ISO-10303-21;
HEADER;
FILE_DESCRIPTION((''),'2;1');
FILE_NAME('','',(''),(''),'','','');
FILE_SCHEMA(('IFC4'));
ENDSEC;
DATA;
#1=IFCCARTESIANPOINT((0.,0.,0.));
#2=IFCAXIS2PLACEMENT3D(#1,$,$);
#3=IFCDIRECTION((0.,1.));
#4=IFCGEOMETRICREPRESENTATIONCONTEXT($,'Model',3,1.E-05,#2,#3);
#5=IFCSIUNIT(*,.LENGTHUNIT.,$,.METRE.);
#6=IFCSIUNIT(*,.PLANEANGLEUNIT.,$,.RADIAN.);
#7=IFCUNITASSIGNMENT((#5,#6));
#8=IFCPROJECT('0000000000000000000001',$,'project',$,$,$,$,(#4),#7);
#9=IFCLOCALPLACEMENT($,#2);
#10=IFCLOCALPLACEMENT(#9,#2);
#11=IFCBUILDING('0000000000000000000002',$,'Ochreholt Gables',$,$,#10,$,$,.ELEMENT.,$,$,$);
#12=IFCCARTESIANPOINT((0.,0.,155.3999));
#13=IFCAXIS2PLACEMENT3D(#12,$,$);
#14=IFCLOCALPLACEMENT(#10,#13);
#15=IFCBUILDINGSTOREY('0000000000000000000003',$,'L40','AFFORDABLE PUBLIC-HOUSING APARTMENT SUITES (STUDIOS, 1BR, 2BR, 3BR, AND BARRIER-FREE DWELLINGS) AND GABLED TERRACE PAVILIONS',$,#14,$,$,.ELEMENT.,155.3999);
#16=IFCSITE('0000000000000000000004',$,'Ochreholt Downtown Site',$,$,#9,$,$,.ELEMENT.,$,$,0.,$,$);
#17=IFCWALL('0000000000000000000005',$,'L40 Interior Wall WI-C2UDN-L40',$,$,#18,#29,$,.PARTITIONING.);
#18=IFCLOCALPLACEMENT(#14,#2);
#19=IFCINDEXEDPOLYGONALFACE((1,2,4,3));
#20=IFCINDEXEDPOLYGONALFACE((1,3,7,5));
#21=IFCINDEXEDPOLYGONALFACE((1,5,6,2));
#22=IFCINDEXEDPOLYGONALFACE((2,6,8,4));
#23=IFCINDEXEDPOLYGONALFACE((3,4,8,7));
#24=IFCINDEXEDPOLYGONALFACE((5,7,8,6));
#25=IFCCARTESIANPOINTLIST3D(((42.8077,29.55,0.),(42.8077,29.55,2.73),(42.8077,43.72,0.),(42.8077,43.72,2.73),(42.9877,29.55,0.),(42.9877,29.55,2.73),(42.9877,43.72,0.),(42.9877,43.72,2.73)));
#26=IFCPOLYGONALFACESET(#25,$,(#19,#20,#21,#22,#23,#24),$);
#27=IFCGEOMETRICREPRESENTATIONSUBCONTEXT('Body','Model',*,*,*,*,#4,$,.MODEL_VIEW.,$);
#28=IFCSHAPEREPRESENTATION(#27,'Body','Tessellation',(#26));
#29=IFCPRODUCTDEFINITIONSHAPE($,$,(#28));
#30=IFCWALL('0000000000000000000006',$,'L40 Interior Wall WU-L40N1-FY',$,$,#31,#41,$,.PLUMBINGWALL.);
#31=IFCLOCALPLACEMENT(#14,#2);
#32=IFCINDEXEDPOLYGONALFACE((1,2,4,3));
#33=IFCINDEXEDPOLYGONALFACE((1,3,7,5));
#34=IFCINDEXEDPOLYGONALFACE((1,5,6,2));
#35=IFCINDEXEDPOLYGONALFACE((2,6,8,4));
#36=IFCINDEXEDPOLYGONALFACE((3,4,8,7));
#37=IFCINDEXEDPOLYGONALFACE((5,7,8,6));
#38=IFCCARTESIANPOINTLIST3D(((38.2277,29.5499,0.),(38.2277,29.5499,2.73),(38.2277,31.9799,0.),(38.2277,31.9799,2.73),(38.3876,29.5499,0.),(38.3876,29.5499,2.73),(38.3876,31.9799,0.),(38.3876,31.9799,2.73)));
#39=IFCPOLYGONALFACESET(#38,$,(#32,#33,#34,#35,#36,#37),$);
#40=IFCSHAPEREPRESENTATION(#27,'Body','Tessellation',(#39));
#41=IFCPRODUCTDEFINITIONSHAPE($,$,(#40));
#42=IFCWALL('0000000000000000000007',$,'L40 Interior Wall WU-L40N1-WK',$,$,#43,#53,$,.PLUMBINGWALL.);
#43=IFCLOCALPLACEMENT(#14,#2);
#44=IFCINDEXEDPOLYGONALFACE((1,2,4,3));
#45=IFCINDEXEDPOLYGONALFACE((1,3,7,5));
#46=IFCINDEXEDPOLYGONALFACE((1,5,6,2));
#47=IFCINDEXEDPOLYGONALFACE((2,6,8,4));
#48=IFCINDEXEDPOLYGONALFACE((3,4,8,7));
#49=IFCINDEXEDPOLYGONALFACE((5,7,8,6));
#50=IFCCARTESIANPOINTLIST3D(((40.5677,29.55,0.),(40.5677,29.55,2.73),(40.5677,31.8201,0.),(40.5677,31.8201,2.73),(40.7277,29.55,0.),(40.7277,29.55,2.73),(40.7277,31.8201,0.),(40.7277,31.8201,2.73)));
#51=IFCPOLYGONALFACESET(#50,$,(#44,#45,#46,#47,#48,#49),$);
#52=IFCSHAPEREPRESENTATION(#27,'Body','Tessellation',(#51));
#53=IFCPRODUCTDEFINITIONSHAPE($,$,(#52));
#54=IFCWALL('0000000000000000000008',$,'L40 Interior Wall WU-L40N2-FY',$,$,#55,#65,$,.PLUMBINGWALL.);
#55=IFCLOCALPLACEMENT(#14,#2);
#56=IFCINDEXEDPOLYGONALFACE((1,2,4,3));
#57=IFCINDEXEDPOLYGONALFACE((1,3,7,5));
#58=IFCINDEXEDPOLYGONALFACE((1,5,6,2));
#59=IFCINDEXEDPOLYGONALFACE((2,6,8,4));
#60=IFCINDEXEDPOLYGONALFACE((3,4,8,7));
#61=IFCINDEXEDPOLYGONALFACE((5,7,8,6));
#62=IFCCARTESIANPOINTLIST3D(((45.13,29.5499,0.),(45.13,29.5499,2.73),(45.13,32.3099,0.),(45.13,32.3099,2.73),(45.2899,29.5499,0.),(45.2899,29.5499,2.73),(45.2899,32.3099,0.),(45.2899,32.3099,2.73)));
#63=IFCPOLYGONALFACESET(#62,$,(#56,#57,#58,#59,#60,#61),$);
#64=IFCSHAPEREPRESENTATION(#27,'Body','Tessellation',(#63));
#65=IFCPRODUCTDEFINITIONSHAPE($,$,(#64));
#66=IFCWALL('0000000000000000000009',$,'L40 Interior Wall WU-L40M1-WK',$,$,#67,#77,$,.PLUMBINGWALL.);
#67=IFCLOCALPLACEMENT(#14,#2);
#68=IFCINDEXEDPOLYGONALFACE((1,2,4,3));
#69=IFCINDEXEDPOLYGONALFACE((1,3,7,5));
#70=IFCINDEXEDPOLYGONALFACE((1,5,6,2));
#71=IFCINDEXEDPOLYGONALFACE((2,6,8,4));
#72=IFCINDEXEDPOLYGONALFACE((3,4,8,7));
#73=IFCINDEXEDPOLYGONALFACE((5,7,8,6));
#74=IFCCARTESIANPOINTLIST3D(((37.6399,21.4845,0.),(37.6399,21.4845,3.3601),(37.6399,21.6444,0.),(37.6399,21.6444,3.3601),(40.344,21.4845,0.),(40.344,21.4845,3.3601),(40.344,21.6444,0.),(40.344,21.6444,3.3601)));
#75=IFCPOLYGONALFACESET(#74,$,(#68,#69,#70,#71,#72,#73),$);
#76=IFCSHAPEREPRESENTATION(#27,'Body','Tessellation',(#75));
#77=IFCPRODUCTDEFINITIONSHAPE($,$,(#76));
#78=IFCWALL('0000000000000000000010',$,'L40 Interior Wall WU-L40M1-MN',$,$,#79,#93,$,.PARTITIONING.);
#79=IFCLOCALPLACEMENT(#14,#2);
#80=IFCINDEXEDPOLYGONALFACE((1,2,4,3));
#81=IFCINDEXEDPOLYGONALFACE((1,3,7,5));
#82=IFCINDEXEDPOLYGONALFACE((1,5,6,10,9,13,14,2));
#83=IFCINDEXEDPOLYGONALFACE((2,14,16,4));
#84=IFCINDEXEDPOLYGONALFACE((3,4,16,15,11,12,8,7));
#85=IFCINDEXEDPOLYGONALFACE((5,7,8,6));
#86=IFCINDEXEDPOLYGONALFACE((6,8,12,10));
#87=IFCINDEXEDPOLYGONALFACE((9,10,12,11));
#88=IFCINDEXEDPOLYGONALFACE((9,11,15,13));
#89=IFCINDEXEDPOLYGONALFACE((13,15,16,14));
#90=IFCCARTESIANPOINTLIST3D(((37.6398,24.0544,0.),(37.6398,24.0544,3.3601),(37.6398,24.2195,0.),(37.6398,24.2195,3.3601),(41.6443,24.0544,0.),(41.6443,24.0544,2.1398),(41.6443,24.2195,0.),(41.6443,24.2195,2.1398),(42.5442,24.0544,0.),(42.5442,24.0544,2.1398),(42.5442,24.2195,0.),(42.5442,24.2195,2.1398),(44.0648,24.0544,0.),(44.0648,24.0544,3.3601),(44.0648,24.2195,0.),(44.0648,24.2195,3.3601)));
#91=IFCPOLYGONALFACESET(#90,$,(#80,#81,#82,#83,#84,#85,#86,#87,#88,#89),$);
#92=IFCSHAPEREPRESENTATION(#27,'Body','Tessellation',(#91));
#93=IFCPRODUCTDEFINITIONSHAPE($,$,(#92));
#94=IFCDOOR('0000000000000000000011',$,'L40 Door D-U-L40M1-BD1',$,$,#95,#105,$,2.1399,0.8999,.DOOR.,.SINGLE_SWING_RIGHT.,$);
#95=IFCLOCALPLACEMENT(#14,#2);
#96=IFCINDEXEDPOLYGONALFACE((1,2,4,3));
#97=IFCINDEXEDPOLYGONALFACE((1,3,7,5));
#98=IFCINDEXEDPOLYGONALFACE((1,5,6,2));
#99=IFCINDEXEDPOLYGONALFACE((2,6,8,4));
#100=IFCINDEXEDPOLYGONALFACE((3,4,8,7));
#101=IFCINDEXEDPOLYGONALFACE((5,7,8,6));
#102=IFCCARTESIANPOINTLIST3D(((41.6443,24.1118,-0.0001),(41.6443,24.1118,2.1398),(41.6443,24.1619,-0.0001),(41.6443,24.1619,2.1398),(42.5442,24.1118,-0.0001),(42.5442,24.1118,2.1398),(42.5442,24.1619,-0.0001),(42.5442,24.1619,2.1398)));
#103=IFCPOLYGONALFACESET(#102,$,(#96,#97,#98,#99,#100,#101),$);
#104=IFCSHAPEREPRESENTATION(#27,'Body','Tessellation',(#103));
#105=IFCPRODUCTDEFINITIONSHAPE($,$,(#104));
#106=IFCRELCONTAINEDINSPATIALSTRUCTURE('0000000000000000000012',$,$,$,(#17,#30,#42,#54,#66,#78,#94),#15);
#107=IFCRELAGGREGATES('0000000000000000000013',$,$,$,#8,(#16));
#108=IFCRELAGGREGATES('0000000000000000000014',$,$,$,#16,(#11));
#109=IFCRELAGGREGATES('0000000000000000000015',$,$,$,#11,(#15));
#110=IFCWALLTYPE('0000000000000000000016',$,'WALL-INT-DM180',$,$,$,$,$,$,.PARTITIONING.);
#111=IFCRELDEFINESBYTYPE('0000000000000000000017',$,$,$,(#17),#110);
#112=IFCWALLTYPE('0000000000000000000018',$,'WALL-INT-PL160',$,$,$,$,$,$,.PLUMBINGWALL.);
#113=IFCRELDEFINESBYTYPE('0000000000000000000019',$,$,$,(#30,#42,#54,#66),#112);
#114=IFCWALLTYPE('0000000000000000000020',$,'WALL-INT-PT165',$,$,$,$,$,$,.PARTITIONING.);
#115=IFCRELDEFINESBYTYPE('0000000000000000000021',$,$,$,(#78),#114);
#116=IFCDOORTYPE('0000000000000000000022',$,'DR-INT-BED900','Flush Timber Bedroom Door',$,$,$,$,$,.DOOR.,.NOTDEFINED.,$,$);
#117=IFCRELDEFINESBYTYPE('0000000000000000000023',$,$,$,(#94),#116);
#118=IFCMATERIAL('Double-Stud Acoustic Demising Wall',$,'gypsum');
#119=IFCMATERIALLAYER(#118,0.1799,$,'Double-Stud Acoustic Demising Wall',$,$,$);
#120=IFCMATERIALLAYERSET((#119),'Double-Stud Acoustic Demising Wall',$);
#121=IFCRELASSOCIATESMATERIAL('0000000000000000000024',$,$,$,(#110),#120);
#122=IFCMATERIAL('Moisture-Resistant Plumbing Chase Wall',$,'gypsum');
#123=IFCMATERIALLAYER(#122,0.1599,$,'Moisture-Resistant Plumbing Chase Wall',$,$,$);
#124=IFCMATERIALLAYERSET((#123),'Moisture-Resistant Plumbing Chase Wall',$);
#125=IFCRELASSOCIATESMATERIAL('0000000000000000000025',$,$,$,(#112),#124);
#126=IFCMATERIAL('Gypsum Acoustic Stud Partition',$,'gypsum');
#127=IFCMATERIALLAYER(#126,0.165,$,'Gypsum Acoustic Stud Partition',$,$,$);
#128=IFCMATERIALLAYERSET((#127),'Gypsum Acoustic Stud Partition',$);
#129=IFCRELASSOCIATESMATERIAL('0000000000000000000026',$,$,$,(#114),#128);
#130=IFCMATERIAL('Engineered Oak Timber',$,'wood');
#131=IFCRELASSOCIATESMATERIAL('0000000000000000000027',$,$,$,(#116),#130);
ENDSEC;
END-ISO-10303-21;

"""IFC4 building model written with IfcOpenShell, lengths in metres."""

from ifc_helpers import new_model, si_unit, direction, frame, frame_2d, origin, place, context, subcontext, project, spatial, rectangle, extrude, material, layer, layer_set, type_object, element, fill, save


model = new_model("IFC4")

# Units and contexts
model_context = context("Model", 3, precision=1e-05, world=origin(), true_north=direction((0.0, 1.0)))
body_context = subcontext(model_context, "Body", "Model", "MODEL_VIEW")
ifc_project = project(units=[si_unit("LENGTHUNIT", "METRE"), si_unit("PLANEANGLEUNIT", "RADIAN")], contexts=[model_context])

# Site, building, storey
site_placement = place(None, origin())
site = spatial("IfcSite", under=ifc_project, at=site_placement, Name="Ochreholt Downtown Site", CompositionType="ELEMENT", RefElevation=0.0)
building_placement = place(site_placement, origin())
building = spatial("IfcBuilding", under=site, at=building_placement, Name="Ochreholt Gables", CompositionType="ELEMENT")
storey_placement = place(building_placement, frame((0.0, 0.0, 155.3999)))
storey = spatial("IfcBuildingStorey", under=building, at=storey_placement, Name="L40", Description="AFFORDABLE PUBLIC-HOUSING APARTMENT SUITES (STUDIOS, 1BR, 2BR, 3BR, AND BARRIER-FREE DWELLINGS) AND GABLED TERRACE PAVILIONS", CompositionType="ELEMENT", Elevation=155.3999)

# Shared definitions
ifc_material_1 = material(Name="Engineered Oak Timber", Category="wood")

# Walls
ifc_material_2 = material(Name="Double-Stud Acoustic Demising Wall", Category="gypsum")
ifc_layer_1 = layer(ifc_material_2, 0.1799, Name="Double-Stud Acoustic Demising Wall")
ifc_layer_set_1 = layer_set([ifc_layer_1], Name="Double-Stud Acoustic Demising Wall")
wall_type_1 = type_object("IfcWallType", Name="WALL-INT-DM180", PredefinedType="PARTITIONING", material=ifc_layer_set_1)
wall_1_placement = place(storey_placement, frame((42.8977, 29.55, 0.0), z_axis=(0.0, 0.0, 1.0), x_axis=(0.0, 1.0, 0.0)))
element("IfcWall", 1, at=wall_1_placement, inside=storey, type_object=wall_type_1, Name="L40 Interior Wall WI-C2UDN-L40", PredefinedType="PARTITIONING", context=body_context, shape_type="SweptSolid", body=[
    extrude(rectangle(XDim=14.1699, YDim=0.1799, at=frame_2d((7.085, 0.0))), origin(), (0.0, 0.0, 1.0), 2.73),
])
ifc_material_3 = material(Name="Moisture-Resistant Plumbing Chase Wall", Category="gypsum")
ifc_layer_2 = layer(ifc_material_3, 0.1599, Name="Moisture-Resistant Plumbing Chase Wall")
ifc_layer_set_2 = layer_set([ifc_layer_2], Name="Moisture-Resistant Plumbing Chase Wall")
wall_type_2 = type_object("IfcWallType", Name="WALL-INT-PL160", PredefinedType="PLUMBINGWALL", material=ifc_layer_set_2)
wall_2_placement = place(storey_placement, frame((38.3076, 29.55, 0.0), z_axis=(0.0, 0.0, 1.0), x_axis=(0.0, 1.0, 0.0)))
element("IfcWall", 2, at=wall_2_placement, inside=storey, type_object=wall_type_2, Name="L40 Interior Wall WU-L40N1-FY", PredefinedType="PLUMBINGWALL", context=body_context, shape_type="SweptSolid", body=[
    extrude(rectangle(XDim=2.4299, YDim=0.1599, at=frame_2d((1.2148, 0.0))), origin(), (0.0, 0.0, 1.0), 2.73),
])
wall_3_placement = place(storey_placement, frame((40.6477, 29.55, 0.0), z_axis=(0.0, 0.0, 1.0), x_axis=(0.0, 1.0, 0.0)))
element("IfcWall", 3, at=wall_3_placement, inside=storey, type_object=wall_type_2, Name="L40 Interior Wall WU-L40N1-WK", PredefinedType="PLUMBINGWALL", context=body_context, shape_type="SweptSolid", body=[
    extrude(rectangle(XDim=2.27, YDim=0.1599, at=frame_2d((1.135, 0.0))), origin(), (0.0, 0.0, 1.0), 2.73),
])
wall_4_placement = place(storey_placement, frame((45.21, 29.55, 0.0), z_axis=(0.0, 0.0, 1.0), x_axis=(0.0, 1.0, 0.0)))
element("IfcWall", 4, at=wall_4_placement, inside=storey, type_object=wall_type_2, Name="L40 Interior Wall WU-L40N2-FY", PredefinedType="PLUMBINGWALL", context=body_context, shape_type="SweptSolid", body=[
    extrude(rectangle(XDim=2.76, YDim=0.1599, at=frame_2d((1.3799, 0.0))), origin(), (0.0, 0.0, 1.0), 2.73),
])
wall_5_placement = place(storey_placement, frame((37.6399, 21.5645, 0.0), z_axis=(0.0, 0.0, 1.0), x_axis=(1.0, 0.0, 0.0)))
element("IfcWall", 5, at=wall_5_placement, inside=storey, type_object=wall_type_2, Name="L40 Interior Wall WU-L40M1-WK", PredefinedType="PLUMBINGWALL", context=body_context, shape_type="SweptSolid", body=[
    extrude(rectangle(XDim=2.7041, YDim=0.1599, at=frame_2d((1.3521, 0.0))), origin(), (0.0, 0.0, 1.0), 3.3601),
])

# Wall, opening, door
ifc_material_4 = material(Name="Gypsum Acoustic Stud Partition", Category="gypsum")
ifc_layer_3 = layer(ifc_material_4, 0.165, Name="Gypsum Acoustic Stud Partition")
ifc_layer_set_3 = layer_set([ifc_layer_3], Name="Gypsum Acoustic Stud Partition")
wall_type_3 = type_object("IfcWallType", Name="WALL-INT-PT165", PredefinedType="PARTITIONING", material=ifc_layer_set_3)
wall_6_placement = place(storey_placement, frame((37.6399, 24.137, 0.0), z_axis=(0.0, 0.0, 1.0), x_axis=(1.0, 0.0, 0.0)))
wall_6 = element("IfcWall", 6, at=wall_6_placement, inside=storey, type_object=wall_type_3, Name="L40 Interior Wall WU-L40M1-MN", PredefinedType="PARTITIONING", context=body_context, shape_type="SweptSolid", body=[
    extrude(rectangle(XDim=6.425, YDim=0.165, at=frame_2d((3.2124, 0.0))), origin(), (0.0, 0.0, 1.0), 3.3601),
])
opening_1_placement = place(wall_6_placement, frame((4.0044, 0.0, 0.0)))
opening_1 = element("IfcOpeningElement", 7, at=opening_1_placement, cuts=wall_6, PredefinedType="OPENING", context=body_context, shape_type="SweptSolid", body=[
    extrude(rectangle(XDim=0.8999, YDim=2.1399, at=frame_2d((0.45, 1.0698))), frame((0.0, 0.0925, 0.0), z_axis=(0.0, -1.0, 0.0), x_axis=(1.0, 0.0, 0.0)), (0.0, 0.0, 1.0), 0.1851),
])
door_type_1 = type_object("IfcDoorType", Name="DR-INT-BED900", Description="Flush Timber Bedroom Door", OperationType="NOTDEFINED", PredefinedType="DOOR", material=ifc_material_1)
door_1_placement = place(opening_1_placement, origin())
door_1 = element("IfcDoor", 8, at=door_1_placement, inside=storey, type_object=door_type_1, Name="L40 Door D-U-L40M1-BD1", OperationType="SINGLE_SWING_RIGHT", OverallHeight=2.1399, OverallWidth=0.8999, PredefinedType="DOOR", context=body_context, shape_type="SweptSolid", body=[
    extrude(rectangle(XDim=0.8999, YDim=2.1399, at=frame_2d((0.45, 1.0698))), frame((0.0, 0.0249, 0.0), z_axis=(0.0, -1.0, 0.0), x_axis=(1.0, 0.0, 0.0)), (0.0, 0.0, 1.0), 0.05),
])
fill(opening_1, door_1)

save(model, "model.ifc")
